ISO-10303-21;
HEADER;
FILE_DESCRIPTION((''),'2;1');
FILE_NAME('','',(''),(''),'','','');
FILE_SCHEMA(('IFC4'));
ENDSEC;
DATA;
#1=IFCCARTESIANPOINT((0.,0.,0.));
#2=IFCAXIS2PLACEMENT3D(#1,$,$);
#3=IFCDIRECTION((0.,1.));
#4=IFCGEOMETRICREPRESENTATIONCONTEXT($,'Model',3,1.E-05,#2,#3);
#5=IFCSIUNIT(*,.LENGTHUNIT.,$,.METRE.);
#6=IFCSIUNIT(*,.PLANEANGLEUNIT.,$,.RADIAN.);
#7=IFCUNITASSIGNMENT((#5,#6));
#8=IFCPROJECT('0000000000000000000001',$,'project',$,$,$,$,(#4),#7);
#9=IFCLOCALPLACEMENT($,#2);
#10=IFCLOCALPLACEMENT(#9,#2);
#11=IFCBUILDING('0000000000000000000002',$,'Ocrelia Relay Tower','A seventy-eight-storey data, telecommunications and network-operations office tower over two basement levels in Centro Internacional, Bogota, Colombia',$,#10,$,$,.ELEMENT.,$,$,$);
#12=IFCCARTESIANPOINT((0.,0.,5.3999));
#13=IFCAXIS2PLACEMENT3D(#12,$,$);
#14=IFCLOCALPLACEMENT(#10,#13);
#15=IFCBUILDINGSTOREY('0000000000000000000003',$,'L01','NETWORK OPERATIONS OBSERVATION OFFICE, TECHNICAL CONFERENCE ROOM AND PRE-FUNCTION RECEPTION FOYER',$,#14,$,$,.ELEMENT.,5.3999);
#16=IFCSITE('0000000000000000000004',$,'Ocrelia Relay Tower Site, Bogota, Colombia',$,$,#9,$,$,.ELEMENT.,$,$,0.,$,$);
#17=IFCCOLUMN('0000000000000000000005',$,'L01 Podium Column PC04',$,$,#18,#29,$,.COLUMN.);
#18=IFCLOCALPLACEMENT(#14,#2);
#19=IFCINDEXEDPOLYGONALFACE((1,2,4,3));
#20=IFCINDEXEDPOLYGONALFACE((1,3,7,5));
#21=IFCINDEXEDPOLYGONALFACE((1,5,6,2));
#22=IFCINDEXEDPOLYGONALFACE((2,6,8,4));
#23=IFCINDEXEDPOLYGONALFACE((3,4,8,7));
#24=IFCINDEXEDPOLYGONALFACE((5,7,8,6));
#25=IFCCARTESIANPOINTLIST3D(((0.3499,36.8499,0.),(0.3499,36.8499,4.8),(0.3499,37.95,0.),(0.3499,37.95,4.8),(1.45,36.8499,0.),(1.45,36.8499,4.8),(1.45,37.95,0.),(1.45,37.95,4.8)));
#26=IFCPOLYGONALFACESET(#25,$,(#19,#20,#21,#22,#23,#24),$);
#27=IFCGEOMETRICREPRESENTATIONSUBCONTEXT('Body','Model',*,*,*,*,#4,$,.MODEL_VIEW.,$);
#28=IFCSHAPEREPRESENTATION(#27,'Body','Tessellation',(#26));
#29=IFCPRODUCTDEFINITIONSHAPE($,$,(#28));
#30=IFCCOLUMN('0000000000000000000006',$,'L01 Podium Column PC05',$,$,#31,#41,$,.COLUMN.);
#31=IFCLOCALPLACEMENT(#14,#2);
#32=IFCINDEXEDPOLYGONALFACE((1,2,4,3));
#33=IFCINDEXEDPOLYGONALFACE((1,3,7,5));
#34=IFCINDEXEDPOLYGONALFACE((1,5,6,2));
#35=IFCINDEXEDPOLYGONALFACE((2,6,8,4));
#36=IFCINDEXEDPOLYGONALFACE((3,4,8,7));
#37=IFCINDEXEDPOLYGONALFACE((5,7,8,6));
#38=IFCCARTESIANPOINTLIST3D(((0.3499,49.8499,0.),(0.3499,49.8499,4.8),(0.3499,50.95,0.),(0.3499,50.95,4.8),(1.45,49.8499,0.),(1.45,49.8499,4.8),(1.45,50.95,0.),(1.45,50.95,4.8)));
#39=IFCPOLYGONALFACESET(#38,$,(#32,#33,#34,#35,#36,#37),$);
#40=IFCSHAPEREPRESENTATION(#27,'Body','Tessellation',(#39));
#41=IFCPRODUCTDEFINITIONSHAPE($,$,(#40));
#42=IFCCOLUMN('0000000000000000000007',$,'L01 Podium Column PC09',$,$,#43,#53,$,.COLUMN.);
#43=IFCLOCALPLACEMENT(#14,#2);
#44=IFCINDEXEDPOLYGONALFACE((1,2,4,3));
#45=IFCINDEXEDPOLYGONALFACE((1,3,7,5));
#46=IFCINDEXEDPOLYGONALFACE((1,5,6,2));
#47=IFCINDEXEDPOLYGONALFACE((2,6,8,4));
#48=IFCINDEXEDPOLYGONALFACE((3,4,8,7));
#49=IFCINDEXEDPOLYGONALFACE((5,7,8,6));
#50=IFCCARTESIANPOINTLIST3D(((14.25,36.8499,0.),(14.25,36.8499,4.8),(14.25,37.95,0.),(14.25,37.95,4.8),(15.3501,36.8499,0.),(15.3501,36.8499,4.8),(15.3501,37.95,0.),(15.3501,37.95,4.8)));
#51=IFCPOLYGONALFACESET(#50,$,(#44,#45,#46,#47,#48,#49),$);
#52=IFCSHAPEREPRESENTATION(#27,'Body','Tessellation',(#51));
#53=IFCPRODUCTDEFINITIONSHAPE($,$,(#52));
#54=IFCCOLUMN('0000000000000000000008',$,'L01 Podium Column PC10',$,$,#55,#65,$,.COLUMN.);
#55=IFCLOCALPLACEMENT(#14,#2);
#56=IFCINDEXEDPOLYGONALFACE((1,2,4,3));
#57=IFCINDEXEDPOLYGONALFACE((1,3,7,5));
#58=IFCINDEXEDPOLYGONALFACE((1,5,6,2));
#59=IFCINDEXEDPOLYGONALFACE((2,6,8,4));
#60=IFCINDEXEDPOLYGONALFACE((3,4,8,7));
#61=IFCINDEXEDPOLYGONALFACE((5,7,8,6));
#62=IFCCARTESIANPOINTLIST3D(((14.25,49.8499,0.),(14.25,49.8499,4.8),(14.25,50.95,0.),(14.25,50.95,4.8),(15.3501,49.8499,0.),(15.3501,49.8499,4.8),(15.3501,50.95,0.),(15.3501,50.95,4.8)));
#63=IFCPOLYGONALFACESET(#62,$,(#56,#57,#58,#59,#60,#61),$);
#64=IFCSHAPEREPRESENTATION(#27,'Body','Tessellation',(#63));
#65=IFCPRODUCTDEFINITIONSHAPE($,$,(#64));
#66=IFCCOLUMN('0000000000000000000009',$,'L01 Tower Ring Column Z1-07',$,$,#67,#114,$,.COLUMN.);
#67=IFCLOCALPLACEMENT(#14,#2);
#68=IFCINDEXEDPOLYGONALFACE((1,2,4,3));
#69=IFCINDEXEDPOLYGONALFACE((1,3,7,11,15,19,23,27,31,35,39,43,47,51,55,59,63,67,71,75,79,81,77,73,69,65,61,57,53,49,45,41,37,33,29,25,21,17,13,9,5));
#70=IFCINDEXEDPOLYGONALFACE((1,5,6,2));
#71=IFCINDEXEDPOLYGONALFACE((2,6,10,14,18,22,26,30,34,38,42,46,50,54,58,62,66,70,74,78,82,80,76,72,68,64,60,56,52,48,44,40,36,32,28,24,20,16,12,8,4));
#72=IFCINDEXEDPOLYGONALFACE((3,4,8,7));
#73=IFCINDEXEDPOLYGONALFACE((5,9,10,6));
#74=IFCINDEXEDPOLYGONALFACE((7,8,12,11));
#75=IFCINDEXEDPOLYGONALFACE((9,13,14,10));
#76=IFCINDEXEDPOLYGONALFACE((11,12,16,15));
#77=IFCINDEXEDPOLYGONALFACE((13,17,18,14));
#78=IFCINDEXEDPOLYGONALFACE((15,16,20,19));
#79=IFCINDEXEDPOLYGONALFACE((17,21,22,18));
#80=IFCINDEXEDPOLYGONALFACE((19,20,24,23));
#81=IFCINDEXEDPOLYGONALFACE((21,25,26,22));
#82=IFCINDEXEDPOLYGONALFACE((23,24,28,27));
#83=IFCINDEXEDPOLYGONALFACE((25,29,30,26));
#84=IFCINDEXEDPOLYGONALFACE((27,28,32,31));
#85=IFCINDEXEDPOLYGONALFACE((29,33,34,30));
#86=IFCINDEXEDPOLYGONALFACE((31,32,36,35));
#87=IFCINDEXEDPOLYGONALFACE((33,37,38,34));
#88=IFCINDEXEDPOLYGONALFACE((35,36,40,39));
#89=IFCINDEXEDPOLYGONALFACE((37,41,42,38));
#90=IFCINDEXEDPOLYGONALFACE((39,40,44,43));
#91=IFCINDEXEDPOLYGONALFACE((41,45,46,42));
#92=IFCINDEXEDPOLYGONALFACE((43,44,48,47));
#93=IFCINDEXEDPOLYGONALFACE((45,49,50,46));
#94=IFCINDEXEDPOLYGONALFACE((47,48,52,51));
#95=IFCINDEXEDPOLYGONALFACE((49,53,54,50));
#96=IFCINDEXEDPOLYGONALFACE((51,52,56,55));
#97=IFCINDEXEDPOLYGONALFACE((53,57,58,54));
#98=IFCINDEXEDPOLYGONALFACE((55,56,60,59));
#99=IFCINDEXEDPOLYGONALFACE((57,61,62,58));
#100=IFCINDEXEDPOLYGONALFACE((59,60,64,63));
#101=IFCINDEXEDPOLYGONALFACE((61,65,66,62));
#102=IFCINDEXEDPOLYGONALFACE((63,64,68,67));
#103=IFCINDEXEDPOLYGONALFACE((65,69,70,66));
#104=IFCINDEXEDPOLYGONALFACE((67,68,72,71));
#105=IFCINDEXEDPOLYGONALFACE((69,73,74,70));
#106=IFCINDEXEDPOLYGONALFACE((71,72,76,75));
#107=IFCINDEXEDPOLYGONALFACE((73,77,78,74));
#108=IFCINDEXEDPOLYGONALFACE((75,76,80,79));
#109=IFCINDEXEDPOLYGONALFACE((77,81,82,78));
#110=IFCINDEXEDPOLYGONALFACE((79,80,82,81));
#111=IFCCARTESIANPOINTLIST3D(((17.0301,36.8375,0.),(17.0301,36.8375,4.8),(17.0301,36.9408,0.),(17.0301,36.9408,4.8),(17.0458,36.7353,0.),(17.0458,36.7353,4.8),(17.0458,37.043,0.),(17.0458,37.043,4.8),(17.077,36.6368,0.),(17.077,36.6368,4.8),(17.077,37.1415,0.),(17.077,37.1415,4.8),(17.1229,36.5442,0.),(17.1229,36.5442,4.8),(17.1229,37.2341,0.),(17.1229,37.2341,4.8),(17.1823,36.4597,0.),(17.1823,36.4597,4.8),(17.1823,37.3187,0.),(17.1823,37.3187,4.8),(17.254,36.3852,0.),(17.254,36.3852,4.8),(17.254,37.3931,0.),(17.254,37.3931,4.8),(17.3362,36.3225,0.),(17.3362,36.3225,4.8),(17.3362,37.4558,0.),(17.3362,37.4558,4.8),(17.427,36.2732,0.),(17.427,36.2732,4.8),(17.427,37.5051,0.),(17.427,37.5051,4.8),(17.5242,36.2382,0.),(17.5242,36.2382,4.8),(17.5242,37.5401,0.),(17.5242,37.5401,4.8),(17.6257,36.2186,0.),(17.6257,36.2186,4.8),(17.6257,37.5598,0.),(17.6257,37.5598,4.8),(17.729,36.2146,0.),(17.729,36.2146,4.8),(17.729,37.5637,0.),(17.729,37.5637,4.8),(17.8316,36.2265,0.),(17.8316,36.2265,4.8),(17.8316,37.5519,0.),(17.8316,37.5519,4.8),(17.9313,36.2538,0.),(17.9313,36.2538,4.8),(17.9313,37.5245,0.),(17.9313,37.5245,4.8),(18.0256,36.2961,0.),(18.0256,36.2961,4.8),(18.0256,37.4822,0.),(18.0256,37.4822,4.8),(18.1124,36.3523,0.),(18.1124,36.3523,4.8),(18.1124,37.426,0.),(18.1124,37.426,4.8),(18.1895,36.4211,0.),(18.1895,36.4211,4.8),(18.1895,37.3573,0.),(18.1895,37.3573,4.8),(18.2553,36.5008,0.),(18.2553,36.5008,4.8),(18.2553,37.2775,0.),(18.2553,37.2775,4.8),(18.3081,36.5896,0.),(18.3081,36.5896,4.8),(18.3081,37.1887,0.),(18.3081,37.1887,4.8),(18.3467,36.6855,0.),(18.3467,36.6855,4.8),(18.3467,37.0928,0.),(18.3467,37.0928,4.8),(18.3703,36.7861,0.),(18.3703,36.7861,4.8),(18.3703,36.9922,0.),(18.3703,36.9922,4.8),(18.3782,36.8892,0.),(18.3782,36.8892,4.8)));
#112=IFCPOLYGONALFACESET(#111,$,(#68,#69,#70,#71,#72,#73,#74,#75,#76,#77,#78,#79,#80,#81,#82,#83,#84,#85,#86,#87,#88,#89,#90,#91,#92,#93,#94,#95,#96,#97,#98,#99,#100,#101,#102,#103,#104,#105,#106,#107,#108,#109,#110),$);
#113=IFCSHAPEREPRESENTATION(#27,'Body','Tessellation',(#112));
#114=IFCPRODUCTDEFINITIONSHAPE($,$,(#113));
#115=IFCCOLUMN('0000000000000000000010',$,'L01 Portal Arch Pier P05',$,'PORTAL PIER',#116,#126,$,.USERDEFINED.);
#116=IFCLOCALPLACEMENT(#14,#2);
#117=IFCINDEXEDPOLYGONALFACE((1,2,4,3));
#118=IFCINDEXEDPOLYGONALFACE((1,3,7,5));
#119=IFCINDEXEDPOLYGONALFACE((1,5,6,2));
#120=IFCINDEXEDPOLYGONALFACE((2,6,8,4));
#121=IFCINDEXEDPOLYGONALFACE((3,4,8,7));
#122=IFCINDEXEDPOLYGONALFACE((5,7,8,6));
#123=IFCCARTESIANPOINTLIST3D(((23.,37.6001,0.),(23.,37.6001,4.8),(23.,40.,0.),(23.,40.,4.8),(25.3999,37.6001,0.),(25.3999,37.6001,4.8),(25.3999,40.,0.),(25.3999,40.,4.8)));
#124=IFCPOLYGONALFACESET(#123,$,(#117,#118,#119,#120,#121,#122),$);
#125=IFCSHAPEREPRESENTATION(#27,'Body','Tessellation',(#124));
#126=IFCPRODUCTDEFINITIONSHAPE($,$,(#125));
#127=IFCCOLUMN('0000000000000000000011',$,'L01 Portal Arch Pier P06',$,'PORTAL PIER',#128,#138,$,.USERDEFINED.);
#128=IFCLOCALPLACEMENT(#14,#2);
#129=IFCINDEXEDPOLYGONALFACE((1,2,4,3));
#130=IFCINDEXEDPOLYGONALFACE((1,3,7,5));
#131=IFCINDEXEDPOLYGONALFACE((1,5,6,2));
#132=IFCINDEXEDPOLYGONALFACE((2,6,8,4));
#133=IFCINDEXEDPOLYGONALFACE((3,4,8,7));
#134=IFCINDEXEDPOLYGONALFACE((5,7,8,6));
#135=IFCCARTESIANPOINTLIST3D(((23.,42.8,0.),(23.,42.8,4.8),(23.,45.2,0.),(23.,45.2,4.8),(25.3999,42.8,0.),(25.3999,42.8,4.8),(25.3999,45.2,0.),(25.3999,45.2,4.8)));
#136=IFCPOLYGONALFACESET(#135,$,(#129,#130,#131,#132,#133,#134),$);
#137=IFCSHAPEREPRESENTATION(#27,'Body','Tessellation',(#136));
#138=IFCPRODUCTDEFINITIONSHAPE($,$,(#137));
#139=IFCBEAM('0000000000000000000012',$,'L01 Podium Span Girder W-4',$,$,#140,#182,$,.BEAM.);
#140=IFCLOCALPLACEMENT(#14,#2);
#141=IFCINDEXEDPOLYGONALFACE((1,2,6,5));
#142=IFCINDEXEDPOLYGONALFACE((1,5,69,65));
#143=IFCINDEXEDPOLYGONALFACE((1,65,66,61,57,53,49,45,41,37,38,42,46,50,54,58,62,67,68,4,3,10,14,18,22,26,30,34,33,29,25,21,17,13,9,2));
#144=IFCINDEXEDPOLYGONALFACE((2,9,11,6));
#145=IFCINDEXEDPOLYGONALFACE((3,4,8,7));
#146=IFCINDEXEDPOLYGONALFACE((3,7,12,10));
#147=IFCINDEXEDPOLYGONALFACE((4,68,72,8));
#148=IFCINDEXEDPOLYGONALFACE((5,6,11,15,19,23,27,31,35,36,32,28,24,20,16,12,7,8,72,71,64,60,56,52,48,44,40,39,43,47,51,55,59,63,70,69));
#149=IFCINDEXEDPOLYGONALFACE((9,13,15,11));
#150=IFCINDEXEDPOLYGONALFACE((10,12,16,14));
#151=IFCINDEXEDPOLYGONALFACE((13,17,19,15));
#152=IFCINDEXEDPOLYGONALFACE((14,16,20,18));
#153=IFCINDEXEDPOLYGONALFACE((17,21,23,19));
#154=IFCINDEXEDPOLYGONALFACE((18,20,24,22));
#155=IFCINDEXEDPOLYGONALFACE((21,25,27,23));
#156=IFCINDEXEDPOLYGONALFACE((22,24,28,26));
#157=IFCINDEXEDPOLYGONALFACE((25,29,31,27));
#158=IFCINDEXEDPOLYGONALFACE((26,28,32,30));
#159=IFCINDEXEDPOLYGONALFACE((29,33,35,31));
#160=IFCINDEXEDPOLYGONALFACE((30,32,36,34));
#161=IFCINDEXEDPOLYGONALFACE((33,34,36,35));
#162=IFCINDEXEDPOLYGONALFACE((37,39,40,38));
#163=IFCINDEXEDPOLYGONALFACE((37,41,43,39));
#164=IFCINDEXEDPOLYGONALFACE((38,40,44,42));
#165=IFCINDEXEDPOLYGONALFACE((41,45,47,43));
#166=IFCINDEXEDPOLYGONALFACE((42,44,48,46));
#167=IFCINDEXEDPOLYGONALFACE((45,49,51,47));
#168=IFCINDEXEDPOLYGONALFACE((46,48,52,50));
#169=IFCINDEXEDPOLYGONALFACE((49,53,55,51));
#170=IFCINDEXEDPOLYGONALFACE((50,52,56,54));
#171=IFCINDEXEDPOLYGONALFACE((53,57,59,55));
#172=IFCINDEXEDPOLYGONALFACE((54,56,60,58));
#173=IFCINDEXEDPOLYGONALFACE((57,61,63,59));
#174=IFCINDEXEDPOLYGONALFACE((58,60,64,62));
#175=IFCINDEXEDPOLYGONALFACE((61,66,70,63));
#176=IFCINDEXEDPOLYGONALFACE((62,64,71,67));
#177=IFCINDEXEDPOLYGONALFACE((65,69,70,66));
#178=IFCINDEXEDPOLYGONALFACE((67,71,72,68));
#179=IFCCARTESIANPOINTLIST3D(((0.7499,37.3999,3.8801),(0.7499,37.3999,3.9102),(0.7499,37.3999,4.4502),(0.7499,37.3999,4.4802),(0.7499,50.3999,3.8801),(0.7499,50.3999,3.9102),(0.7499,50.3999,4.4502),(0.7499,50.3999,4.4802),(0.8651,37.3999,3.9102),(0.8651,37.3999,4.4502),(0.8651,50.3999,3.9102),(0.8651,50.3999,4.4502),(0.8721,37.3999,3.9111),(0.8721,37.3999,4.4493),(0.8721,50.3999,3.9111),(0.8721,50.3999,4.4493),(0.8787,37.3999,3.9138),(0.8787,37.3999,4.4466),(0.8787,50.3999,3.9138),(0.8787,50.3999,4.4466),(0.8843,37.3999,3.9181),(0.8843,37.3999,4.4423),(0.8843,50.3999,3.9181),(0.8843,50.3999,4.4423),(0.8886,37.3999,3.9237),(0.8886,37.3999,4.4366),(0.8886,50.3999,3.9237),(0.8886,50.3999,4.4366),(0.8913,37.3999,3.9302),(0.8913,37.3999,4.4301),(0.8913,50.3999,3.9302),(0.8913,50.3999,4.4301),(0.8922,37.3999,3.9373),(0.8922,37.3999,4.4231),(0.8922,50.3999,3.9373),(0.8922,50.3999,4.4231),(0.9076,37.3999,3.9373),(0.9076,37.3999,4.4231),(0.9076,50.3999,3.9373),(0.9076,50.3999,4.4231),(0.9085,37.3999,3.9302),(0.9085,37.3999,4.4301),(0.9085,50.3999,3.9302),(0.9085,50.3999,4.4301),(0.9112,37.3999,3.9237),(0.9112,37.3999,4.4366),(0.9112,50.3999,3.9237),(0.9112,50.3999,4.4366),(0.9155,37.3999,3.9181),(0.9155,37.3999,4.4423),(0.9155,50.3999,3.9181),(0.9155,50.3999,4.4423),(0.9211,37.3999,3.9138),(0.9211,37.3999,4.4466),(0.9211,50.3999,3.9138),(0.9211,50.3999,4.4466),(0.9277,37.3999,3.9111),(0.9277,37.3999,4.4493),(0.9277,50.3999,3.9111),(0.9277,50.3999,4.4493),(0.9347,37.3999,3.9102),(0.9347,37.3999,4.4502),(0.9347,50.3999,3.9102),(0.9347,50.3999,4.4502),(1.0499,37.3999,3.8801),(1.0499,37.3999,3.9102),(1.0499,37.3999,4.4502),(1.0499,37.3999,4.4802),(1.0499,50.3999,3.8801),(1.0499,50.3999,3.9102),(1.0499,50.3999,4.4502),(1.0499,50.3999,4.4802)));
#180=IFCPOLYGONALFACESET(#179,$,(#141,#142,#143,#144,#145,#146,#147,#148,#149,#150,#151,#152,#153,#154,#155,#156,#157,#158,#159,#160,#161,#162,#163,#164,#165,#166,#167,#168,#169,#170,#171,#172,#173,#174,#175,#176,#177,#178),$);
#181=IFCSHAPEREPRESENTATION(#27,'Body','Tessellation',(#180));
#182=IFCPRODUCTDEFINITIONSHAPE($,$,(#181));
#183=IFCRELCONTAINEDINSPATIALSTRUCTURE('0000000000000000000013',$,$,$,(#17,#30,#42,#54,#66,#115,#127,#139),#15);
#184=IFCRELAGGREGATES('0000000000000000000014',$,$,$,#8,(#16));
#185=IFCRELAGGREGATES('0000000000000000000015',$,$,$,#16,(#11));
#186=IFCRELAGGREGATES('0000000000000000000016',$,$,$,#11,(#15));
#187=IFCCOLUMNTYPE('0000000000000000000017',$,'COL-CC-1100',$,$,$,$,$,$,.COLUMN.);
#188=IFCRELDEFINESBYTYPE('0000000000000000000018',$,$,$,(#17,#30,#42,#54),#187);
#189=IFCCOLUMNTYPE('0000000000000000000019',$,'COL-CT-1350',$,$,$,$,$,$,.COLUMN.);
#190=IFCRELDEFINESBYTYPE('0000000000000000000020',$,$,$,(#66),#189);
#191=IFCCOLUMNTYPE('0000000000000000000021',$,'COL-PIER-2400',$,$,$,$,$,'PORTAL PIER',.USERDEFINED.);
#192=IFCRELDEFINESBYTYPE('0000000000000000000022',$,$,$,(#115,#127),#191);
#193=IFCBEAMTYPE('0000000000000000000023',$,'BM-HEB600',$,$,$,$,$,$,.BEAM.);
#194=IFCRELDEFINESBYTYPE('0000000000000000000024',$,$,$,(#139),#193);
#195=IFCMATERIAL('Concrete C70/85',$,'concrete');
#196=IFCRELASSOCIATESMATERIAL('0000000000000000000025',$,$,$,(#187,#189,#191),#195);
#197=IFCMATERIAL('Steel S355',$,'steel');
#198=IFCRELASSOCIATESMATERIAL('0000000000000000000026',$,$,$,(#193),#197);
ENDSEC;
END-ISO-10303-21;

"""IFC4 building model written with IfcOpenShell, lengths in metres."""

from ifc_helpers import new_model, si_unit, direction, frame, origin, origin_2d, place, context, subcontext, project, spatial, rectangle, circle, i_section, extrude, material, material_profile, profile_set, type_object, element, save


model = new_model("IFC4")

# Units and contexts
model_context = context("Model", 3, precision=1e-05, world=origin(), true_north=direction((0.0, 1.0)))
body_context = subcontext(model_context, "Body", "Model", "MODEL_VIEW")
ifc_project = project(units=[si_unit("LENGTHUNIT", "METRE"), si_unit("PLANEANGLEUNIT", "RADIAN")], contexts=[model_context])

# Site, building, storey
site_placement = place(None, origin())
site = spatial("IfcSite", under=ifc_project, at=site_placement, Name="Ocrelia Relay Tower Site, Bogota, Colombia", CompositionType="ELEMENT", RefElevation=0.0)
building_placement = place(site_placement, origin())
building = spatial("IfcBuilding", under=site, at=building_placement, Name="Ocrelia Relay Tower", Description="A seventy-eight-storey data, telecommunications and network-operations office tower over two basement levels in Centro Internacional, Bogota, Colombia", CompositionType="ELEMENT")
storey_placement = place(building_placement, frame((0.0, 0.0, 5.3999)))
storey = spatial("IfcBuildingStorey", under=building, at=storey_placement, Name="L01", Description="NETWORK OPERATIONS OBSERVATION OFFICE, TECHNICAL CONFERENCE ROOM AND PRE-FUNCTION RECEPTION FOYER", CompositionType="ELEMENT", Elevation=5.3999)

# Columns
ifc_material_1 = material(Name="Concrete C70/85", Category="concrete")
ifc_material_profile_1 = material_profile(ifc_material_1, rectangle(XDim=1.1001, YDim=1.1001, at=origin_2d()), Name="RC-COL-1100x1100")
ifc_profile_set_1 = profile_set([ifc_material_profile_1], Name="Concrete C70/85")
column_type_1 = type_object("IfcColumnType", Name="COL-CC-1100", PredefinedType="COLUMN", material=ifc_profile_set_1)
for number, where, z_axis, x_axis, name in (
    (1, (0.8999, 37.3999, 0.0), (0.0, 0.0, 1.0), (1.0, 0.0, 0.0), "L01 Podium Column PC04"),
    (2, (0.8999, 50.3999, 0.0), (0.0, 0.0, 1.0), (1.0, 0.0, 0.0), "L01 Podium Column PC05"),
    (3, (14.8, 37.3999, 0.0), (0.0, 0.0, 1.0), (1.0, 0.0, 0.0), "L01 Podium Column PC09"),
    (4, (14.8, 50.3999, 0.0), (0.0, 0.0, 1.0), (1.0, 0.0, 0.0), "L01 Podium Column PC10"),
):
    element("IfcColumn", number, at=place(storey_placement, frame(where, z_axis=z_axis, x_axis=x_axis)), inside=storey, type_object=column_type_1, Name=name, PredefinedType="COLUMN", context=body_context, shape_type="SweptSolid", body=[
        extrude(rectangle(XDim=1.1001, YDim=1.1001, at=origin_2d()), origin(), (0.0, 0.0, 1.0), 4.8),
    ])
ifc_material_profile_2 = material_profile(ifc_material_1, circle(Radius=0.675, at=origin_2d()), Name="RC-CIR-1350")
ifc_profile_set_2 = profile_set([ifc_material_profile_2], Name="Concrete C70/85")
column_type_2 = type_object("IfcColumnType", Name="COL-CT-1350", PredefinedType="COLUMN", material=ifc_profile_set_2)
column_placement = place(storey_placement, frame((17.7031, 36.8892, 0.0), z_axis=(0.0, 0.0, 1.0), x_axis=(1.0, 0.0, 0.0)))
element("IfcColumn", 5, at=column_placement, inside=storey, type_object=column_type_2, Name="L01 Tower Ring Column Z1-07", PredefinedType="COLUMN", context=body_context, shape_type="SweptSolid", body=[
    extrude(circle(Radius=0.675, at=origin_2d()), origin(), (0.0, 0.0, 1.0), 4.8),
])
ifc_material_profile_3 = material_profile(ifc_material_1, rectangle(XDim=2.3999, YDim=2.3999, at=origin_2d()), Name="RC-PIER-2400x2400")
ifc_profile_set_3 = profile_set([ifc_material_profile_3], Name="Concrete C70/85")
column_type_3 = type_object("IfcColumnType", Name="COL-PIER-2400", ElementType="PORTAL PIER", PredefinedType="USERDEFINED", material=ifc_profile_set_3)
for number, where, z_axis, x_axis, name in (
    (6, (24.2, 38.8, 0.0), (0.0, 0.0, 1.0), (1.0, 0.0, 0.0), "L01 Portal Arch Pier P05"),
    (7, (24.2, 44.0, 0.0), (0.0, 0.0, 1.0), (1.0, 0.0, 0.0), "L01 Portal Arch Pier P06"),
):
    element("IfcColumn", number, at=place(storey_placement, frame(where, z_axis=z_axis, x_axis=x_axis)), inside=storey, type_object=column_type_3, Name=name, ObjectType="PORTAL PIER", PredefinedType="USERDEFINED", context=body_context, shape_type="SweptSolid", body=[
        extrude(rectangle(XDim=2.3999, YDim=2.3999, at=origin_2d()), origin(), (0.0, 0.0, 1.0), 4.8),
    ])

# Beam
ifc_material_2 = material(Name="Steel S355", Category="steel")
ifc_material_profile_4 = material_profile(ifc_material_2, i_section(OverallWidth=0.3, OverallDepth=0.6001, WebThickness=0.0154, FlangeThickness=0.03, FilletRadius=0.0271, at=origin_2d()), Name="HEB 600")
ifc_profile_set_4 = profile_set([ifc_material_profile_4], Name="Steel S355")
beam_type_1 = type_object("IfcBeamType", Name="BM-HEB600", PredefinedType="BEAM", material=ifc_profile_set_4)
for number, where, z_axis, x_axis, name in (
    (8, (0.8999, 37.3999, 4.1802), (0.0, 1.0, 0.0), (-1.0, 0.0, 0.0), "L01 Podium Span Girder W-4"),
):
    element("IfcBeam", number, at=place(storey_placement, frame(where, z_axis=z_axis, x_axis=x_axis)), inside=storey, type_object=beam_type_1, Name=name, PredefinedType="BEAM", context=body_context, shape_type="SweptSolid", body=[
        extrude(i_section(OverallWidth=0.3, OverallDepth=0.6001, WebThickness=0.0154, FlangeThickness=0.03, FilletRadius=0.0271, at=origin_2d()), origin(), (0.0, 0.0, 1.0), 13.0),
    ])

save(model, "model.ifc")
